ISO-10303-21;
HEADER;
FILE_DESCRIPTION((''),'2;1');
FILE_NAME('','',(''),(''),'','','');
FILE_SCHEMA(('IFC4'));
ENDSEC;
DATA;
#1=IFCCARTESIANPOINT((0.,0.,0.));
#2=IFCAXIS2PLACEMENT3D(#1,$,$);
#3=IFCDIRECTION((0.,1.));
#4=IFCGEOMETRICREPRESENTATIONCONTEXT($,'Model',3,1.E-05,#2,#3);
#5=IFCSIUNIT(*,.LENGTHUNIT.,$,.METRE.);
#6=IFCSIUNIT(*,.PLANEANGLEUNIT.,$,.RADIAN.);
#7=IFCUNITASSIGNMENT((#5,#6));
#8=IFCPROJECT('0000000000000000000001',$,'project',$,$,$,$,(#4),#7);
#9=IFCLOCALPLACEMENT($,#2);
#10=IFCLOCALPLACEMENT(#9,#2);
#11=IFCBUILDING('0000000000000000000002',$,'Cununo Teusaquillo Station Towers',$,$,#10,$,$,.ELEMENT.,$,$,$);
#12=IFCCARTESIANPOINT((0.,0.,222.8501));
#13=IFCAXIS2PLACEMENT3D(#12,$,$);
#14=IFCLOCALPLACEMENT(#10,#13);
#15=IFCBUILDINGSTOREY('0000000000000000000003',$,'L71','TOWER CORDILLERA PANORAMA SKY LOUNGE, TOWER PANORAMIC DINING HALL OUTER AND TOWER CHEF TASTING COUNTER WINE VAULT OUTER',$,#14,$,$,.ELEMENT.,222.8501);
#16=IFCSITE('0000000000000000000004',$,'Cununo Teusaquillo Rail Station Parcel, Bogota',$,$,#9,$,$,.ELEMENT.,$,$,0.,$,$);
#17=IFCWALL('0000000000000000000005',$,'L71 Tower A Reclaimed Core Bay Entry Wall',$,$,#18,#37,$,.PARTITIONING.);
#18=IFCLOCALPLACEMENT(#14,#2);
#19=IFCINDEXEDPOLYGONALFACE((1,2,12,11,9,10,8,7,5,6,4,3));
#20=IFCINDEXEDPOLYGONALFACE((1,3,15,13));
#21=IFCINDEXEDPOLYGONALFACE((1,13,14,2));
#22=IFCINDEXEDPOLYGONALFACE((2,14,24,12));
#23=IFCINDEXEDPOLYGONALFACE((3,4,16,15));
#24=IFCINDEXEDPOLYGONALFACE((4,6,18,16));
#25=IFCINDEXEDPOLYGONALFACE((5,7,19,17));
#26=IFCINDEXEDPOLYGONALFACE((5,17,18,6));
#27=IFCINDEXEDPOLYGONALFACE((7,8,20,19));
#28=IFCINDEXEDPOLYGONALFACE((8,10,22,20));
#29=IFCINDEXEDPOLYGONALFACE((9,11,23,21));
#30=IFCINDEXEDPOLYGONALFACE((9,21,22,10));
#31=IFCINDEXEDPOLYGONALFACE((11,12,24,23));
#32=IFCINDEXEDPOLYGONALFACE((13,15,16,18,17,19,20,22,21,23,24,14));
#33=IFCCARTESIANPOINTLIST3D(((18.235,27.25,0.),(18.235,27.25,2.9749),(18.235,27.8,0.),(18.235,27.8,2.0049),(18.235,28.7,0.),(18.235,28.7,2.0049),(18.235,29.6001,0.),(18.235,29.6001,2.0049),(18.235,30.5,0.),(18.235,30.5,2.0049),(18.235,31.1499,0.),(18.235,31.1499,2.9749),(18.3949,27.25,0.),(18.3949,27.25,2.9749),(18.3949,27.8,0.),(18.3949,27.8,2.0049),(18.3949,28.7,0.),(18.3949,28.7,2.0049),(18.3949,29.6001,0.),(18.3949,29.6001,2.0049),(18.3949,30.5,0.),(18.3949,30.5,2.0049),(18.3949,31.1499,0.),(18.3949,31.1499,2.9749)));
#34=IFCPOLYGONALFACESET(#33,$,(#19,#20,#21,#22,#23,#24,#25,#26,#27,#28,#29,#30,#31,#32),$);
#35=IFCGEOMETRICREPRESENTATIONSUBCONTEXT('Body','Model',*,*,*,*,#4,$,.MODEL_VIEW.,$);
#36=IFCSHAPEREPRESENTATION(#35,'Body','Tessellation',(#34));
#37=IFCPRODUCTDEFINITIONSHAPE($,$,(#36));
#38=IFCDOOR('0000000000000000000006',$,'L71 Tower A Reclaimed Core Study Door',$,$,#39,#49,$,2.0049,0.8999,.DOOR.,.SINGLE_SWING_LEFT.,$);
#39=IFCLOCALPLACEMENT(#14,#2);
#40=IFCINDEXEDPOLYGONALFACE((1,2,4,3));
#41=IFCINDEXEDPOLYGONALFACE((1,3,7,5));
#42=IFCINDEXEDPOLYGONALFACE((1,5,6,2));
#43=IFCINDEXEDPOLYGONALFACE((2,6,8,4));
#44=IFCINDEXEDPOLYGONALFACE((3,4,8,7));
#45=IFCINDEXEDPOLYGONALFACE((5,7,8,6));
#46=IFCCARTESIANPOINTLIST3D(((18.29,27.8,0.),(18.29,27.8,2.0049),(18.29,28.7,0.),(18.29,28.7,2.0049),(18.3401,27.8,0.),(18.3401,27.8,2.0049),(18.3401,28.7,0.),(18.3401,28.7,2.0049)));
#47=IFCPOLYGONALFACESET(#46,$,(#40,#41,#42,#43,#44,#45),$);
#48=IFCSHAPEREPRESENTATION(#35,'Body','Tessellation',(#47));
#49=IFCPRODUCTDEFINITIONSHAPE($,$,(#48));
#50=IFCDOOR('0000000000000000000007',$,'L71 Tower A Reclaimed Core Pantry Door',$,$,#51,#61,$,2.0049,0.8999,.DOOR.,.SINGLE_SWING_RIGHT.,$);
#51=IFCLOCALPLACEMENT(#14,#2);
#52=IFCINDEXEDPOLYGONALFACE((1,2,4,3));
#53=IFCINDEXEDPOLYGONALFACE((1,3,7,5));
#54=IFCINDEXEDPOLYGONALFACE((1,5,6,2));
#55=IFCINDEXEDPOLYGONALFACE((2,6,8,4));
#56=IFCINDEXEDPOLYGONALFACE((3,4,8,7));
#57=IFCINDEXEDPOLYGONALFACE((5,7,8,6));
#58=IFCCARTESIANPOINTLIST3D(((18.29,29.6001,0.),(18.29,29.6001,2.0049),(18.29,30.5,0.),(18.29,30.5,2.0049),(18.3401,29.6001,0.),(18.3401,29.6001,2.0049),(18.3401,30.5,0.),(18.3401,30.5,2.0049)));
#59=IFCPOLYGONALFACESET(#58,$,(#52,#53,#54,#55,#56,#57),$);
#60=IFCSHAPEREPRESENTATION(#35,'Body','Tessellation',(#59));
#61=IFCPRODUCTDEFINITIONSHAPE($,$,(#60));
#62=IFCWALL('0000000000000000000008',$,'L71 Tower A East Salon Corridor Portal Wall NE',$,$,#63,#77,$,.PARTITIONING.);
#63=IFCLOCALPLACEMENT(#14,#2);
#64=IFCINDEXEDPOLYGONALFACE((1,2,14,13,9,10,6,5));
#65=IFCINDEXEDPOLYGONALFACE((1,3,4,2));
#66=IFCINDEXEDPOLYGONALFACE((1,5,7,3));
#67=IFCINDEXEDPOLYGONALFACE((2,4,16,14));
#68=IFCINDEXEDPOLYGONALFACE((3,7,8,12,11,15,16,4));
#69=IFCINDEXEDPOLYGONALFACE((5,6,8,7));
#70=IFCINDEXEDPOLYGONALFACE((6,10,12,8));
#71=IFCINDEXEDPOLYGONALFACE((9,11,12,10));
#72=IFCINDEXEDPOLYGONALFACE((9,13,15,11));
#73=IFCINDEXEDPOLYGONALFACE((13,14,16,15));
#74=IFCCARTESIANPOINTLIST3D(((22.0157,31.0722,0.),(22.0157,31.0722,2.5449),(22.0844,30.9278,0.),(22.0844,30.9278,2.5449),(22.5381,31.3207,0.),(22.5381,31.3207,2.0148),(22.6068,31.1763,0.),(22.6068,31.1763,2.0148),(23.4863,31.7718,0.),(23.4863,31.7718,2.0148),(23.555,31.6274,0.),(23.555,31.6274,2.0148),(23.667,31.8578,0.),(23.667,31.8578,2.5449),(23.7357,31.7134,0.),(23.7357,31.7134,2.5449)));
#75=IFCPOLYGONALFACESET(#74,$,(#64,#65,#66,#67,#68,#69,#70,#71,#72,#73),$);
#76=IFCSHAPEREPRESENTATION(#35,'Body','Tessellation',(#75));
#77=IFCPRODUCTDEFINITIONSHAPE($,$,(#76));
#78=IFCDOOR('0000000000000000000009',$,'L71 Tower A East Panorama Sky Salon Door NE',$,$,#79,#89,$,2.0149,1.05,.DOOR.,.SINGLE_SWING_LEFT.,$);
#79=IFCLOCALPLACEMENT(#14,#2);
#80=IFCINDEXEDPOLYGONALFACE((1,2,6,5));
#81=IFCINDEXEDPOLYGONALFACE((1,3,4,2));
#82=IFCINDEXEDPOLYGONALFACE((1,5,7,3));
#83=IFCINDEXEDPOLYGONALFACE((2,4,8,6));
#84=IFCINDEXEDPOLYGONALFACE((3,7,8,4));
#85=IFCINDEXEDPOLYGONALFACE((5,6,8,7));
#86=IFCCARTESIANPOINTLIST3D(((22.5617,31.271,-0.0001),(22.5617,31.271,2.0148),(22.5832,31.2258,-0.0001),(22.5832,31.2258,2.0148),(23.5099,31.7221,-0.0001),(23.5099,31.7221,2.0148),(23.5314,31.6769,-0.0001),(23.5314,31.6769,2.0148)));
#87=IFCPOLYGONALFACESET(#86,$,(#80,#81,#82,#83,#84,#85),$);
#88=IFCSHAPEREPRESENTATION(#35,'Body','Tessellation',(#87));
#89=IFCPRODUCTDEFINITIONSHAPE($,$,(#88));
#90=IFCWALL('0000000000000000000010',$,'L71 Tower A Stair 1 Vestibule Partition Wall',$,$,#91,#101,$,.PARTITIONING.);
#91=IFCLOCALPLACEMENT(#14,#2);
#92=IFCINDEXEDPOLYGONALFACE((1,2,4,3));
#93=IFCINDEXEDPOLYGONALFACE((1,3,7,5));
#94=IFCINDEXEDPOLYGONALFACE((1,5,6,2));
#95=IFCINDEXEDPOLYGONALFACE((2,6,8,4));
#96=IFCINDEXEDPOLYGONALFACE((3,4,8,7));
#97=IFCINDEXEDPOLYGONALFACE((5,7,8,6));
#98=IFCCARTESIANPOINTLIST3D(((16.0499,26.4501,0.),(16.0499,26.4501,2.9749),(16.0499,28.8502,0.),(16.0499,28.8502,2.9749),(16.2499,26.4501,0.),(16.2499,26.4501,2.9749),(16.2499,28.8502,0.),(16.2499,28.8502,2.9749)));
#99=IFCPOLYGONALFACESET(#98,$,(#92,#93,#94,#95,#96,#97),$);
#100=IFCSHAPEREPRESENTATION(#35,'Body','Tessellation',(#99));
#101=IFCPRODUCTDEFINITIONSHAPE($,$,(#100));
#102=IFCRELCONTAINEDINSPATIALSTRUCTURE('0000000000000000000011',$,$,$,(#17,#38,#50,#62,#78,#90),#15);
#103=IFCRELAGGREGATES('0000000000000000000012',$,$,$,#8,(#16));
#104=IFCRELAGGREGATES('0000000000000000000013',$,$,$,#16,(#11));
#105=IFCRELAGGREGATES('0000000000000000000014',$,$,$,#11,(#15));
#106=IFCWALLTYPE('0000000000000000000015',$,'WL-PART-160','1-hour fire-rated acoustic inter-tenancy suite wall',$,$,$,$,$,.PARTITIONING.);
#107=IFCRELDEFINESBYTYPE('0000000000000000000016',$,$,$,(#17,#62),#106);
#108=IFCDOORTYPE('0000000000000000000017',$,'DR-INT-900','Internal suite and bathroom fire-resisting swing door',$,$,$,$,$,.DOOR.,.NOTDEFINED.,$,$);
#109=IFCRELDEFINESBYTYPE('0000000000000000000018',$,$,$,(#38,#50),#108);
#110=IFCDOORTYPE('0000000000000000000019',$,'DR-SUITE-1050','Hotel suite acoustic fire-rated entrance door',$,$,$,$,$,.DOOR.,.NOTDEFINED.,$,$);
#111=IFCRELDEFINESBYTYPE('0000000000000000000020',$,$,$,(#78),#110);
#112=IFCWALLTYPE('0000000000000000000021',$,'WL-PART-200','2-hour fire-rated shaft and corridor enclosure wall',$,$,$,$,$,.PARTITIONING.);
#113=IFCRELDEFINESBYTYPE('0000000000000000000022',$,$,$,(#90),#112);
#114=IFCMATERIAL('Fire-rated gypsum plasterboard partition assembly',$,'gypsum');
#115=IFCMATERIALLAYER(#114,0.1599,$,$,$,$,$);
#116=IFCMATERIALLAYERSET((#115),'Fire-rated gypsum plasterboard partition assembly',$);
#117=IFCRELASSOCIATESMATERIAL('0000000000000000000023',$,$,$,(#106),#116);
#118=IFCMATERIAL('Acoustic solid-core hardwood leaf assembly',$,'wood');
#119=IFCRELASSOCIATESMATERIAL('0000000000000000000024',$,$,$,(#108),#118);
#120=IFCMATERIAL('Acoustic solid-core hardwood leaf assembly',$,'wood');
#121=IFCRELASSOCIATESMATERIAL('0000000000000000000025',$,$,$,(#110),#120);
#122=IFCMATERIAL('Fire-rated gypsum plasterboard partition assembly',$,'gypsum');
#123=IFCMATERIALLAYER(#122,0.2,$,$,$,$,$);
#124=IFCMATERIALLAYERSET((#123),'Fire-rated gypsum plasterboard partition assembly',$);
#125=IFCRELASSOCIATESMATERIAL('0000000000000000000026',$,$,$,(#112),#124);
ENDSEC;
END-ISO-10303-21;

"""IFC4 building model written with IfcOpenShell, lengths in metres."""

from ifc_helpers import new_model, si_unit, direction, frame, frame_2d, origin, place, context, subcontext, project, spatial, rectangle, extrude, source, transform, mapped, material, layer, layer_set, type_object, element, fill, save


model = new_model("IFC4")

# Units and contexts
model_context = context("Model", 3, precision=1e-05, world=origin(), true_north=direction((0.0, 1.0)))
body_context = subcontext(model_context, "Body", "Model", "MODEL_VIEW")
ifc_project = project(units=[si_unit("LENGTHUNIT", "METRE"), si_unit("PLANEANGLEUNIT", "RADIAN")], contexts=[model_context])

# Site, building, storey
site_placement = place(None, origin())
site = spatial("IfcSite", under=ifc_project, at=site_placement, Name="Cununo Teusaquillo Rail Station Parcel, Bogota", CompositionType="ELEMENT", RefElevation=0.0)
building_placement = place(site_placement, origin())
building = spatial("IfcBuilding", under=site, at=building_placement, Name="Cununo Teusaquillo Station Towers", CompositionType="ELEMENT")
storey_placement = place(building_placement, frame((0.0, 0.0, 222.8501)))
storey = spatial("IfcBuildingStorey", under=building, at=storey_placement, Name="L71", Description="TOWER CORDILLERA PANORAMA SKY LOUNGE, TOWER PANORAMIC DINING HALL OUTER AND TOWER CHEF TASTING COUNTER WINE VAULT OUTER", CompositionType="ELEMENT", Elevation=222.8501)

# Shared definitions
shared_shape_1 = source(origin(), body_context, "Body", "SweptSolid", [
    extrude(rectangle(XDim=0.8999, YDim=2.0049, at=frame_2d((0.45, 1.0024))), frame((0.0, 0.0249, 0.0), z_axis=(0.0, -1.0, 0.0), x_axis=(1.0, 0.0, 0.0)), (0.0, 0.0, 1.0), 0.05),
])

# Wall, openings, doors
ifc_material_1 = material(Name="Fire-rated gypsum plasterboard partition assembly", Category="gypsum")
ifc_layer_1 = layer(ifc_material_1, 0.1599)
ifc_layer_set_1 = layer_set([ifc_layer_1], Name="Fire-rated gypsum plasterboard partition assembly")
wall_type_1 = type_object("IfcWallType", Name="WL-PART-160", Description="1-hour fire-rated acoustic inter-tenancy suite wall", PredefinedType="PARTITIONING", material=ifc_layer_set_1)
wall_1_placement = place(storey_placement, frame((18.3149, 27.25, 0.0), z_axis=(0.0, 0.0, 1.0), x_axis=(0.0, 1.0, 0.0)))
wall_1 = element("IfcWall", 1, at=wall_1_placement, inside=storey, type_object=wall_type_1, Name="L71 Tower A Reclaimed Core Bay Entry Wall", PredefinedType="PARTITIONING", context=body_context, shape_type="SweptSolid", body=[
    extrude(rectangle(XDim=3.8999, YDim=0.1599, at=frame_2d((1.95, 0.0))), origin(), (0.0, 0.0, 1.0), 2.9749),
])
shared_shape_2 = source(origin(), body_context, "Body", "SweptSolid", [
    extrude(rectangle(XDim=0.8999, YDim=2.0049, at=frame_2d((0.45, 1.0024))), frame((0.0, 0.0898, 0.0), z_axis=(0.0, -1.0, 0.0), x_axis=(1.0, 0.0, 0.0)), (0.0, 0.0, 1.0), 0.1799),
])
opening_1_placement = place(wall_1_placement, frame((0.55, 0.0, 0.0)))
opening_1 = element("IfcOpeningElement", 2, at=opening_1_placement, cuts=wall_1, PredefinedType="OPENING", context=body_context, shape_type="MappedRepresentation", body=[
    mapped(shared_shape_2, transform((0.0, 0.0, 0.0), x_axis=(1.0, 0.0, 0.0), y_axis=(0.0, 1.0, 0.0), z_axis=(0.0, 0.0, 1.0), scale=1.0)),
])
opening_2_placement = place(wall_1_placement, frame((2.3501, 0.0, 0.0)))
opening_2 = element("IfcOpeningElement", 3, at=opening_2_placement, cuts=wall_1, PredefinedType="OPENING", context=body_context, shape_type="MappedRepresentation", body=[
    mapped(shared_shape_2, transform((0.0, 0.0, 0.0), x_axis=(1.0, 0.0, 0.0), y_axis=(0.0, 1.0, 0.0), z_axis=(0.0, 0.0, 1.0), scale=1.0)),
])
ifc_material_2 = material(Name="Acoustic solid-core hardwood leaf assembly", Category="wood")
door_type_1 = type_object("IfcDoorType", Name="DR-INT-900", Description="Internal suite and bathroom fire-resisting swing door", OperationType="NOTDEFINED", PredefinedType="DOOR", material=ifc_material_2)
door_1_placement = place(opening_1_placement, origin())
door_1 = element("IfcDoor", 4, at=door_1_placement, inside=storey, type_object=door_type_1, Name="L71 Tower A Reclaimed Core Study Door", OperationType="SINGLE_SWING_LEFT", OverallHeight=2.0049, OverallWidth=0.8999, PredefinedType="DOOR", context=body_context, shape_type="MappedRepresentation", body=[
    mapped(shared_shape_1, transform((0.0, 0.0, 0.0), x_axis=(1.0, 0.0, 0.0), y_axis=(0.0, 1.0, 0.0), z_axis=(0.0, 0.0, 1.0), scale=1.0)),
])
fill(opening_1, door_1)
door_2_placement = place(opening_2_placement, origin())
door_2 = element("IfcDoor", 5, at=door_2_placement, inside=storey, type_object=door_type_1, Name="L71 Tower A Reclaimed Core Pantry Door", OperationType="SINGLE_SWING_RIGHT", OverallHeight=2.0049, OverallWidth=0.8999, PredefinedType="DOOR", context=body_context, shape_type="MappedRepresentation", body=[
    mapped(shared_shape_1, transform((0.0, 0.0, 0.0), x_axis=(1.0, 0.0, 0.0), y_axis=(0.0, 1.0, 0.0), z_axis=(0.0, 0.0, 1.0), scale=1.0)),
])
fill(opening_2, door_2)

# Wall, opening, door
wall_2_placement = place(storey_placement, frame((22.05, 31.0, 0.0), z_axis=(0.0, 0.0, 1.0), x_axis=(0.903013, 0.429612, 0.0)))
wall_2 = element("IfcWall", 6, at=wall_2_placement, inside=storey, type_object=wall_type_1, Name="L71 Tower A East Salon Corridor Portal Wall NE", PredefinedType="PARTITIONING", context=body_context, shape_type="SweptSolid", body=[
    extrude(rectangle(XDim=1.8286, YDim=0.1599, at=frame_2d((0.9143, 0.0))), origin(), (0.0, 0.0, 1.0), 2.5449),
])
shared_shape_3 = source(origin(), body_context, "Body", "SweptSolid", [
    extrude(rectangle(XDim=1.05, YDim=2.0149, at=frame_2d((0.5249, 1.0073))), frame((0.0, 0.0898, 0.0), z_axis=(0.0, -1.0, 0.0), x_axis=(1.0, 0.0, 0.0)), (0.0, 0.0, 1.0), 0.1799),
])
opening_3_placement = place(wall_2_placement, frame((0.5786, 0.0, 0.0)))
opening_3 = element("IfcOpeningElement", 7, at=opening_3_placement, cuts=wall_2, PredefinedType="OPENING", context=body_context, shape_type="MappedRepresentation", body=[
    mapped(shared_shape_3, transform((0.0, 0.0, 0.0), x_axis=(1.0, 0.0, 0.0), y_axis=(0.0, 1.0, 0.0), z_axis=(0.0, 0.0, 1.0), scale=1.0)),
])
ifc_material_3 = material(Name="Acoustic solid-core hardwood leaf assembly", Category="wood")
door_type_2 = type_object("IfcDoorType", Name="DR-SUITE-1050", Description="Hotel suite acoustic fire-rated entrance door", OperationType="NOTDEFINED", PredefinedType="DOOR", material=ifc_material_3)
shared_shape_4 = source(origin(), body_context, "Body", "SweptSolid", [
    extrude(rectangle(XDim=1.05, YDim=2.0149, at=frame_2d((0.5249, 1.0073))), frame((0.0, 0.0249, 0.0), z_axis=(0.0, -1.0, 0.0), x_axis=(1.0, 0.0, 0.0)), (0.0, 0.0, 1.0), 0.05),
])
door_3_placement = place(opening_3_placement, origin())
door_3 = element("IfcDoor", 8, at=door_3_placement, inside=storey, type_object=door_type_2, Name="L71 Tower A East Panorama Sky Salon Door NE", OperationType="SINGLE_SWING_LEFT", OverallHeight=2.0149, OverallWidth=1.05, PredefinedType="DOOR", context=body_context, shape_type="MappedRepresentation", body=[
    mapped(shared_shape_4, transform((0.0, 0.0, 0.0), x_axis=(1.0, 0.0, 0.0), y_axis=(0.0, 1.0, 0.0), z_axis=(0.0, 0.0, 1.0), scale=1.0)),
])
fill(opening_3, door_3)

# Wall
ifc_material_4 = material(Name="Fire-rated gypsum plasterboard partition assembly", Category="gypsum")
ifc_layer_2 = layer(ifc_material_4, 0.2)
ifc_layer_set_2 = layer_set([ifc_layer_2], Name="Fire-rated gypsum plasterboard partition assembly")
wall_type_2 = type_object("IfcWallType", Name="WL-PART-200", Description="2-hour fire-rated shaft and corridor enclosure wall", PredefinedType="PARTITIONING", material=ifc_layer_set_2)
wall_3_placement = place(storey_placement, frame((16.1499, 26.45, 0.0), z_axis=(0.0, 0.0, 1.0), x_axis=(0.0, 1.0, 0.0)))
element("IfcWall", 9, at=wall_3_placement, inside=storey, type_object=wall_type_2, Name="L71 Tower A Stair 1 Vestibule Partition Wall", PredefinedType="PARTITIONING", context=body_context, shape_type="SweptSolid", body=[
    extrude(rectangle(XDim=2.4001, YDim=0.2, at=frame_2d((1.2002, 0.0))), origin(), (0.0, 0.0, 1.0), 2.9749),
])

save(model, "model.ifc")
